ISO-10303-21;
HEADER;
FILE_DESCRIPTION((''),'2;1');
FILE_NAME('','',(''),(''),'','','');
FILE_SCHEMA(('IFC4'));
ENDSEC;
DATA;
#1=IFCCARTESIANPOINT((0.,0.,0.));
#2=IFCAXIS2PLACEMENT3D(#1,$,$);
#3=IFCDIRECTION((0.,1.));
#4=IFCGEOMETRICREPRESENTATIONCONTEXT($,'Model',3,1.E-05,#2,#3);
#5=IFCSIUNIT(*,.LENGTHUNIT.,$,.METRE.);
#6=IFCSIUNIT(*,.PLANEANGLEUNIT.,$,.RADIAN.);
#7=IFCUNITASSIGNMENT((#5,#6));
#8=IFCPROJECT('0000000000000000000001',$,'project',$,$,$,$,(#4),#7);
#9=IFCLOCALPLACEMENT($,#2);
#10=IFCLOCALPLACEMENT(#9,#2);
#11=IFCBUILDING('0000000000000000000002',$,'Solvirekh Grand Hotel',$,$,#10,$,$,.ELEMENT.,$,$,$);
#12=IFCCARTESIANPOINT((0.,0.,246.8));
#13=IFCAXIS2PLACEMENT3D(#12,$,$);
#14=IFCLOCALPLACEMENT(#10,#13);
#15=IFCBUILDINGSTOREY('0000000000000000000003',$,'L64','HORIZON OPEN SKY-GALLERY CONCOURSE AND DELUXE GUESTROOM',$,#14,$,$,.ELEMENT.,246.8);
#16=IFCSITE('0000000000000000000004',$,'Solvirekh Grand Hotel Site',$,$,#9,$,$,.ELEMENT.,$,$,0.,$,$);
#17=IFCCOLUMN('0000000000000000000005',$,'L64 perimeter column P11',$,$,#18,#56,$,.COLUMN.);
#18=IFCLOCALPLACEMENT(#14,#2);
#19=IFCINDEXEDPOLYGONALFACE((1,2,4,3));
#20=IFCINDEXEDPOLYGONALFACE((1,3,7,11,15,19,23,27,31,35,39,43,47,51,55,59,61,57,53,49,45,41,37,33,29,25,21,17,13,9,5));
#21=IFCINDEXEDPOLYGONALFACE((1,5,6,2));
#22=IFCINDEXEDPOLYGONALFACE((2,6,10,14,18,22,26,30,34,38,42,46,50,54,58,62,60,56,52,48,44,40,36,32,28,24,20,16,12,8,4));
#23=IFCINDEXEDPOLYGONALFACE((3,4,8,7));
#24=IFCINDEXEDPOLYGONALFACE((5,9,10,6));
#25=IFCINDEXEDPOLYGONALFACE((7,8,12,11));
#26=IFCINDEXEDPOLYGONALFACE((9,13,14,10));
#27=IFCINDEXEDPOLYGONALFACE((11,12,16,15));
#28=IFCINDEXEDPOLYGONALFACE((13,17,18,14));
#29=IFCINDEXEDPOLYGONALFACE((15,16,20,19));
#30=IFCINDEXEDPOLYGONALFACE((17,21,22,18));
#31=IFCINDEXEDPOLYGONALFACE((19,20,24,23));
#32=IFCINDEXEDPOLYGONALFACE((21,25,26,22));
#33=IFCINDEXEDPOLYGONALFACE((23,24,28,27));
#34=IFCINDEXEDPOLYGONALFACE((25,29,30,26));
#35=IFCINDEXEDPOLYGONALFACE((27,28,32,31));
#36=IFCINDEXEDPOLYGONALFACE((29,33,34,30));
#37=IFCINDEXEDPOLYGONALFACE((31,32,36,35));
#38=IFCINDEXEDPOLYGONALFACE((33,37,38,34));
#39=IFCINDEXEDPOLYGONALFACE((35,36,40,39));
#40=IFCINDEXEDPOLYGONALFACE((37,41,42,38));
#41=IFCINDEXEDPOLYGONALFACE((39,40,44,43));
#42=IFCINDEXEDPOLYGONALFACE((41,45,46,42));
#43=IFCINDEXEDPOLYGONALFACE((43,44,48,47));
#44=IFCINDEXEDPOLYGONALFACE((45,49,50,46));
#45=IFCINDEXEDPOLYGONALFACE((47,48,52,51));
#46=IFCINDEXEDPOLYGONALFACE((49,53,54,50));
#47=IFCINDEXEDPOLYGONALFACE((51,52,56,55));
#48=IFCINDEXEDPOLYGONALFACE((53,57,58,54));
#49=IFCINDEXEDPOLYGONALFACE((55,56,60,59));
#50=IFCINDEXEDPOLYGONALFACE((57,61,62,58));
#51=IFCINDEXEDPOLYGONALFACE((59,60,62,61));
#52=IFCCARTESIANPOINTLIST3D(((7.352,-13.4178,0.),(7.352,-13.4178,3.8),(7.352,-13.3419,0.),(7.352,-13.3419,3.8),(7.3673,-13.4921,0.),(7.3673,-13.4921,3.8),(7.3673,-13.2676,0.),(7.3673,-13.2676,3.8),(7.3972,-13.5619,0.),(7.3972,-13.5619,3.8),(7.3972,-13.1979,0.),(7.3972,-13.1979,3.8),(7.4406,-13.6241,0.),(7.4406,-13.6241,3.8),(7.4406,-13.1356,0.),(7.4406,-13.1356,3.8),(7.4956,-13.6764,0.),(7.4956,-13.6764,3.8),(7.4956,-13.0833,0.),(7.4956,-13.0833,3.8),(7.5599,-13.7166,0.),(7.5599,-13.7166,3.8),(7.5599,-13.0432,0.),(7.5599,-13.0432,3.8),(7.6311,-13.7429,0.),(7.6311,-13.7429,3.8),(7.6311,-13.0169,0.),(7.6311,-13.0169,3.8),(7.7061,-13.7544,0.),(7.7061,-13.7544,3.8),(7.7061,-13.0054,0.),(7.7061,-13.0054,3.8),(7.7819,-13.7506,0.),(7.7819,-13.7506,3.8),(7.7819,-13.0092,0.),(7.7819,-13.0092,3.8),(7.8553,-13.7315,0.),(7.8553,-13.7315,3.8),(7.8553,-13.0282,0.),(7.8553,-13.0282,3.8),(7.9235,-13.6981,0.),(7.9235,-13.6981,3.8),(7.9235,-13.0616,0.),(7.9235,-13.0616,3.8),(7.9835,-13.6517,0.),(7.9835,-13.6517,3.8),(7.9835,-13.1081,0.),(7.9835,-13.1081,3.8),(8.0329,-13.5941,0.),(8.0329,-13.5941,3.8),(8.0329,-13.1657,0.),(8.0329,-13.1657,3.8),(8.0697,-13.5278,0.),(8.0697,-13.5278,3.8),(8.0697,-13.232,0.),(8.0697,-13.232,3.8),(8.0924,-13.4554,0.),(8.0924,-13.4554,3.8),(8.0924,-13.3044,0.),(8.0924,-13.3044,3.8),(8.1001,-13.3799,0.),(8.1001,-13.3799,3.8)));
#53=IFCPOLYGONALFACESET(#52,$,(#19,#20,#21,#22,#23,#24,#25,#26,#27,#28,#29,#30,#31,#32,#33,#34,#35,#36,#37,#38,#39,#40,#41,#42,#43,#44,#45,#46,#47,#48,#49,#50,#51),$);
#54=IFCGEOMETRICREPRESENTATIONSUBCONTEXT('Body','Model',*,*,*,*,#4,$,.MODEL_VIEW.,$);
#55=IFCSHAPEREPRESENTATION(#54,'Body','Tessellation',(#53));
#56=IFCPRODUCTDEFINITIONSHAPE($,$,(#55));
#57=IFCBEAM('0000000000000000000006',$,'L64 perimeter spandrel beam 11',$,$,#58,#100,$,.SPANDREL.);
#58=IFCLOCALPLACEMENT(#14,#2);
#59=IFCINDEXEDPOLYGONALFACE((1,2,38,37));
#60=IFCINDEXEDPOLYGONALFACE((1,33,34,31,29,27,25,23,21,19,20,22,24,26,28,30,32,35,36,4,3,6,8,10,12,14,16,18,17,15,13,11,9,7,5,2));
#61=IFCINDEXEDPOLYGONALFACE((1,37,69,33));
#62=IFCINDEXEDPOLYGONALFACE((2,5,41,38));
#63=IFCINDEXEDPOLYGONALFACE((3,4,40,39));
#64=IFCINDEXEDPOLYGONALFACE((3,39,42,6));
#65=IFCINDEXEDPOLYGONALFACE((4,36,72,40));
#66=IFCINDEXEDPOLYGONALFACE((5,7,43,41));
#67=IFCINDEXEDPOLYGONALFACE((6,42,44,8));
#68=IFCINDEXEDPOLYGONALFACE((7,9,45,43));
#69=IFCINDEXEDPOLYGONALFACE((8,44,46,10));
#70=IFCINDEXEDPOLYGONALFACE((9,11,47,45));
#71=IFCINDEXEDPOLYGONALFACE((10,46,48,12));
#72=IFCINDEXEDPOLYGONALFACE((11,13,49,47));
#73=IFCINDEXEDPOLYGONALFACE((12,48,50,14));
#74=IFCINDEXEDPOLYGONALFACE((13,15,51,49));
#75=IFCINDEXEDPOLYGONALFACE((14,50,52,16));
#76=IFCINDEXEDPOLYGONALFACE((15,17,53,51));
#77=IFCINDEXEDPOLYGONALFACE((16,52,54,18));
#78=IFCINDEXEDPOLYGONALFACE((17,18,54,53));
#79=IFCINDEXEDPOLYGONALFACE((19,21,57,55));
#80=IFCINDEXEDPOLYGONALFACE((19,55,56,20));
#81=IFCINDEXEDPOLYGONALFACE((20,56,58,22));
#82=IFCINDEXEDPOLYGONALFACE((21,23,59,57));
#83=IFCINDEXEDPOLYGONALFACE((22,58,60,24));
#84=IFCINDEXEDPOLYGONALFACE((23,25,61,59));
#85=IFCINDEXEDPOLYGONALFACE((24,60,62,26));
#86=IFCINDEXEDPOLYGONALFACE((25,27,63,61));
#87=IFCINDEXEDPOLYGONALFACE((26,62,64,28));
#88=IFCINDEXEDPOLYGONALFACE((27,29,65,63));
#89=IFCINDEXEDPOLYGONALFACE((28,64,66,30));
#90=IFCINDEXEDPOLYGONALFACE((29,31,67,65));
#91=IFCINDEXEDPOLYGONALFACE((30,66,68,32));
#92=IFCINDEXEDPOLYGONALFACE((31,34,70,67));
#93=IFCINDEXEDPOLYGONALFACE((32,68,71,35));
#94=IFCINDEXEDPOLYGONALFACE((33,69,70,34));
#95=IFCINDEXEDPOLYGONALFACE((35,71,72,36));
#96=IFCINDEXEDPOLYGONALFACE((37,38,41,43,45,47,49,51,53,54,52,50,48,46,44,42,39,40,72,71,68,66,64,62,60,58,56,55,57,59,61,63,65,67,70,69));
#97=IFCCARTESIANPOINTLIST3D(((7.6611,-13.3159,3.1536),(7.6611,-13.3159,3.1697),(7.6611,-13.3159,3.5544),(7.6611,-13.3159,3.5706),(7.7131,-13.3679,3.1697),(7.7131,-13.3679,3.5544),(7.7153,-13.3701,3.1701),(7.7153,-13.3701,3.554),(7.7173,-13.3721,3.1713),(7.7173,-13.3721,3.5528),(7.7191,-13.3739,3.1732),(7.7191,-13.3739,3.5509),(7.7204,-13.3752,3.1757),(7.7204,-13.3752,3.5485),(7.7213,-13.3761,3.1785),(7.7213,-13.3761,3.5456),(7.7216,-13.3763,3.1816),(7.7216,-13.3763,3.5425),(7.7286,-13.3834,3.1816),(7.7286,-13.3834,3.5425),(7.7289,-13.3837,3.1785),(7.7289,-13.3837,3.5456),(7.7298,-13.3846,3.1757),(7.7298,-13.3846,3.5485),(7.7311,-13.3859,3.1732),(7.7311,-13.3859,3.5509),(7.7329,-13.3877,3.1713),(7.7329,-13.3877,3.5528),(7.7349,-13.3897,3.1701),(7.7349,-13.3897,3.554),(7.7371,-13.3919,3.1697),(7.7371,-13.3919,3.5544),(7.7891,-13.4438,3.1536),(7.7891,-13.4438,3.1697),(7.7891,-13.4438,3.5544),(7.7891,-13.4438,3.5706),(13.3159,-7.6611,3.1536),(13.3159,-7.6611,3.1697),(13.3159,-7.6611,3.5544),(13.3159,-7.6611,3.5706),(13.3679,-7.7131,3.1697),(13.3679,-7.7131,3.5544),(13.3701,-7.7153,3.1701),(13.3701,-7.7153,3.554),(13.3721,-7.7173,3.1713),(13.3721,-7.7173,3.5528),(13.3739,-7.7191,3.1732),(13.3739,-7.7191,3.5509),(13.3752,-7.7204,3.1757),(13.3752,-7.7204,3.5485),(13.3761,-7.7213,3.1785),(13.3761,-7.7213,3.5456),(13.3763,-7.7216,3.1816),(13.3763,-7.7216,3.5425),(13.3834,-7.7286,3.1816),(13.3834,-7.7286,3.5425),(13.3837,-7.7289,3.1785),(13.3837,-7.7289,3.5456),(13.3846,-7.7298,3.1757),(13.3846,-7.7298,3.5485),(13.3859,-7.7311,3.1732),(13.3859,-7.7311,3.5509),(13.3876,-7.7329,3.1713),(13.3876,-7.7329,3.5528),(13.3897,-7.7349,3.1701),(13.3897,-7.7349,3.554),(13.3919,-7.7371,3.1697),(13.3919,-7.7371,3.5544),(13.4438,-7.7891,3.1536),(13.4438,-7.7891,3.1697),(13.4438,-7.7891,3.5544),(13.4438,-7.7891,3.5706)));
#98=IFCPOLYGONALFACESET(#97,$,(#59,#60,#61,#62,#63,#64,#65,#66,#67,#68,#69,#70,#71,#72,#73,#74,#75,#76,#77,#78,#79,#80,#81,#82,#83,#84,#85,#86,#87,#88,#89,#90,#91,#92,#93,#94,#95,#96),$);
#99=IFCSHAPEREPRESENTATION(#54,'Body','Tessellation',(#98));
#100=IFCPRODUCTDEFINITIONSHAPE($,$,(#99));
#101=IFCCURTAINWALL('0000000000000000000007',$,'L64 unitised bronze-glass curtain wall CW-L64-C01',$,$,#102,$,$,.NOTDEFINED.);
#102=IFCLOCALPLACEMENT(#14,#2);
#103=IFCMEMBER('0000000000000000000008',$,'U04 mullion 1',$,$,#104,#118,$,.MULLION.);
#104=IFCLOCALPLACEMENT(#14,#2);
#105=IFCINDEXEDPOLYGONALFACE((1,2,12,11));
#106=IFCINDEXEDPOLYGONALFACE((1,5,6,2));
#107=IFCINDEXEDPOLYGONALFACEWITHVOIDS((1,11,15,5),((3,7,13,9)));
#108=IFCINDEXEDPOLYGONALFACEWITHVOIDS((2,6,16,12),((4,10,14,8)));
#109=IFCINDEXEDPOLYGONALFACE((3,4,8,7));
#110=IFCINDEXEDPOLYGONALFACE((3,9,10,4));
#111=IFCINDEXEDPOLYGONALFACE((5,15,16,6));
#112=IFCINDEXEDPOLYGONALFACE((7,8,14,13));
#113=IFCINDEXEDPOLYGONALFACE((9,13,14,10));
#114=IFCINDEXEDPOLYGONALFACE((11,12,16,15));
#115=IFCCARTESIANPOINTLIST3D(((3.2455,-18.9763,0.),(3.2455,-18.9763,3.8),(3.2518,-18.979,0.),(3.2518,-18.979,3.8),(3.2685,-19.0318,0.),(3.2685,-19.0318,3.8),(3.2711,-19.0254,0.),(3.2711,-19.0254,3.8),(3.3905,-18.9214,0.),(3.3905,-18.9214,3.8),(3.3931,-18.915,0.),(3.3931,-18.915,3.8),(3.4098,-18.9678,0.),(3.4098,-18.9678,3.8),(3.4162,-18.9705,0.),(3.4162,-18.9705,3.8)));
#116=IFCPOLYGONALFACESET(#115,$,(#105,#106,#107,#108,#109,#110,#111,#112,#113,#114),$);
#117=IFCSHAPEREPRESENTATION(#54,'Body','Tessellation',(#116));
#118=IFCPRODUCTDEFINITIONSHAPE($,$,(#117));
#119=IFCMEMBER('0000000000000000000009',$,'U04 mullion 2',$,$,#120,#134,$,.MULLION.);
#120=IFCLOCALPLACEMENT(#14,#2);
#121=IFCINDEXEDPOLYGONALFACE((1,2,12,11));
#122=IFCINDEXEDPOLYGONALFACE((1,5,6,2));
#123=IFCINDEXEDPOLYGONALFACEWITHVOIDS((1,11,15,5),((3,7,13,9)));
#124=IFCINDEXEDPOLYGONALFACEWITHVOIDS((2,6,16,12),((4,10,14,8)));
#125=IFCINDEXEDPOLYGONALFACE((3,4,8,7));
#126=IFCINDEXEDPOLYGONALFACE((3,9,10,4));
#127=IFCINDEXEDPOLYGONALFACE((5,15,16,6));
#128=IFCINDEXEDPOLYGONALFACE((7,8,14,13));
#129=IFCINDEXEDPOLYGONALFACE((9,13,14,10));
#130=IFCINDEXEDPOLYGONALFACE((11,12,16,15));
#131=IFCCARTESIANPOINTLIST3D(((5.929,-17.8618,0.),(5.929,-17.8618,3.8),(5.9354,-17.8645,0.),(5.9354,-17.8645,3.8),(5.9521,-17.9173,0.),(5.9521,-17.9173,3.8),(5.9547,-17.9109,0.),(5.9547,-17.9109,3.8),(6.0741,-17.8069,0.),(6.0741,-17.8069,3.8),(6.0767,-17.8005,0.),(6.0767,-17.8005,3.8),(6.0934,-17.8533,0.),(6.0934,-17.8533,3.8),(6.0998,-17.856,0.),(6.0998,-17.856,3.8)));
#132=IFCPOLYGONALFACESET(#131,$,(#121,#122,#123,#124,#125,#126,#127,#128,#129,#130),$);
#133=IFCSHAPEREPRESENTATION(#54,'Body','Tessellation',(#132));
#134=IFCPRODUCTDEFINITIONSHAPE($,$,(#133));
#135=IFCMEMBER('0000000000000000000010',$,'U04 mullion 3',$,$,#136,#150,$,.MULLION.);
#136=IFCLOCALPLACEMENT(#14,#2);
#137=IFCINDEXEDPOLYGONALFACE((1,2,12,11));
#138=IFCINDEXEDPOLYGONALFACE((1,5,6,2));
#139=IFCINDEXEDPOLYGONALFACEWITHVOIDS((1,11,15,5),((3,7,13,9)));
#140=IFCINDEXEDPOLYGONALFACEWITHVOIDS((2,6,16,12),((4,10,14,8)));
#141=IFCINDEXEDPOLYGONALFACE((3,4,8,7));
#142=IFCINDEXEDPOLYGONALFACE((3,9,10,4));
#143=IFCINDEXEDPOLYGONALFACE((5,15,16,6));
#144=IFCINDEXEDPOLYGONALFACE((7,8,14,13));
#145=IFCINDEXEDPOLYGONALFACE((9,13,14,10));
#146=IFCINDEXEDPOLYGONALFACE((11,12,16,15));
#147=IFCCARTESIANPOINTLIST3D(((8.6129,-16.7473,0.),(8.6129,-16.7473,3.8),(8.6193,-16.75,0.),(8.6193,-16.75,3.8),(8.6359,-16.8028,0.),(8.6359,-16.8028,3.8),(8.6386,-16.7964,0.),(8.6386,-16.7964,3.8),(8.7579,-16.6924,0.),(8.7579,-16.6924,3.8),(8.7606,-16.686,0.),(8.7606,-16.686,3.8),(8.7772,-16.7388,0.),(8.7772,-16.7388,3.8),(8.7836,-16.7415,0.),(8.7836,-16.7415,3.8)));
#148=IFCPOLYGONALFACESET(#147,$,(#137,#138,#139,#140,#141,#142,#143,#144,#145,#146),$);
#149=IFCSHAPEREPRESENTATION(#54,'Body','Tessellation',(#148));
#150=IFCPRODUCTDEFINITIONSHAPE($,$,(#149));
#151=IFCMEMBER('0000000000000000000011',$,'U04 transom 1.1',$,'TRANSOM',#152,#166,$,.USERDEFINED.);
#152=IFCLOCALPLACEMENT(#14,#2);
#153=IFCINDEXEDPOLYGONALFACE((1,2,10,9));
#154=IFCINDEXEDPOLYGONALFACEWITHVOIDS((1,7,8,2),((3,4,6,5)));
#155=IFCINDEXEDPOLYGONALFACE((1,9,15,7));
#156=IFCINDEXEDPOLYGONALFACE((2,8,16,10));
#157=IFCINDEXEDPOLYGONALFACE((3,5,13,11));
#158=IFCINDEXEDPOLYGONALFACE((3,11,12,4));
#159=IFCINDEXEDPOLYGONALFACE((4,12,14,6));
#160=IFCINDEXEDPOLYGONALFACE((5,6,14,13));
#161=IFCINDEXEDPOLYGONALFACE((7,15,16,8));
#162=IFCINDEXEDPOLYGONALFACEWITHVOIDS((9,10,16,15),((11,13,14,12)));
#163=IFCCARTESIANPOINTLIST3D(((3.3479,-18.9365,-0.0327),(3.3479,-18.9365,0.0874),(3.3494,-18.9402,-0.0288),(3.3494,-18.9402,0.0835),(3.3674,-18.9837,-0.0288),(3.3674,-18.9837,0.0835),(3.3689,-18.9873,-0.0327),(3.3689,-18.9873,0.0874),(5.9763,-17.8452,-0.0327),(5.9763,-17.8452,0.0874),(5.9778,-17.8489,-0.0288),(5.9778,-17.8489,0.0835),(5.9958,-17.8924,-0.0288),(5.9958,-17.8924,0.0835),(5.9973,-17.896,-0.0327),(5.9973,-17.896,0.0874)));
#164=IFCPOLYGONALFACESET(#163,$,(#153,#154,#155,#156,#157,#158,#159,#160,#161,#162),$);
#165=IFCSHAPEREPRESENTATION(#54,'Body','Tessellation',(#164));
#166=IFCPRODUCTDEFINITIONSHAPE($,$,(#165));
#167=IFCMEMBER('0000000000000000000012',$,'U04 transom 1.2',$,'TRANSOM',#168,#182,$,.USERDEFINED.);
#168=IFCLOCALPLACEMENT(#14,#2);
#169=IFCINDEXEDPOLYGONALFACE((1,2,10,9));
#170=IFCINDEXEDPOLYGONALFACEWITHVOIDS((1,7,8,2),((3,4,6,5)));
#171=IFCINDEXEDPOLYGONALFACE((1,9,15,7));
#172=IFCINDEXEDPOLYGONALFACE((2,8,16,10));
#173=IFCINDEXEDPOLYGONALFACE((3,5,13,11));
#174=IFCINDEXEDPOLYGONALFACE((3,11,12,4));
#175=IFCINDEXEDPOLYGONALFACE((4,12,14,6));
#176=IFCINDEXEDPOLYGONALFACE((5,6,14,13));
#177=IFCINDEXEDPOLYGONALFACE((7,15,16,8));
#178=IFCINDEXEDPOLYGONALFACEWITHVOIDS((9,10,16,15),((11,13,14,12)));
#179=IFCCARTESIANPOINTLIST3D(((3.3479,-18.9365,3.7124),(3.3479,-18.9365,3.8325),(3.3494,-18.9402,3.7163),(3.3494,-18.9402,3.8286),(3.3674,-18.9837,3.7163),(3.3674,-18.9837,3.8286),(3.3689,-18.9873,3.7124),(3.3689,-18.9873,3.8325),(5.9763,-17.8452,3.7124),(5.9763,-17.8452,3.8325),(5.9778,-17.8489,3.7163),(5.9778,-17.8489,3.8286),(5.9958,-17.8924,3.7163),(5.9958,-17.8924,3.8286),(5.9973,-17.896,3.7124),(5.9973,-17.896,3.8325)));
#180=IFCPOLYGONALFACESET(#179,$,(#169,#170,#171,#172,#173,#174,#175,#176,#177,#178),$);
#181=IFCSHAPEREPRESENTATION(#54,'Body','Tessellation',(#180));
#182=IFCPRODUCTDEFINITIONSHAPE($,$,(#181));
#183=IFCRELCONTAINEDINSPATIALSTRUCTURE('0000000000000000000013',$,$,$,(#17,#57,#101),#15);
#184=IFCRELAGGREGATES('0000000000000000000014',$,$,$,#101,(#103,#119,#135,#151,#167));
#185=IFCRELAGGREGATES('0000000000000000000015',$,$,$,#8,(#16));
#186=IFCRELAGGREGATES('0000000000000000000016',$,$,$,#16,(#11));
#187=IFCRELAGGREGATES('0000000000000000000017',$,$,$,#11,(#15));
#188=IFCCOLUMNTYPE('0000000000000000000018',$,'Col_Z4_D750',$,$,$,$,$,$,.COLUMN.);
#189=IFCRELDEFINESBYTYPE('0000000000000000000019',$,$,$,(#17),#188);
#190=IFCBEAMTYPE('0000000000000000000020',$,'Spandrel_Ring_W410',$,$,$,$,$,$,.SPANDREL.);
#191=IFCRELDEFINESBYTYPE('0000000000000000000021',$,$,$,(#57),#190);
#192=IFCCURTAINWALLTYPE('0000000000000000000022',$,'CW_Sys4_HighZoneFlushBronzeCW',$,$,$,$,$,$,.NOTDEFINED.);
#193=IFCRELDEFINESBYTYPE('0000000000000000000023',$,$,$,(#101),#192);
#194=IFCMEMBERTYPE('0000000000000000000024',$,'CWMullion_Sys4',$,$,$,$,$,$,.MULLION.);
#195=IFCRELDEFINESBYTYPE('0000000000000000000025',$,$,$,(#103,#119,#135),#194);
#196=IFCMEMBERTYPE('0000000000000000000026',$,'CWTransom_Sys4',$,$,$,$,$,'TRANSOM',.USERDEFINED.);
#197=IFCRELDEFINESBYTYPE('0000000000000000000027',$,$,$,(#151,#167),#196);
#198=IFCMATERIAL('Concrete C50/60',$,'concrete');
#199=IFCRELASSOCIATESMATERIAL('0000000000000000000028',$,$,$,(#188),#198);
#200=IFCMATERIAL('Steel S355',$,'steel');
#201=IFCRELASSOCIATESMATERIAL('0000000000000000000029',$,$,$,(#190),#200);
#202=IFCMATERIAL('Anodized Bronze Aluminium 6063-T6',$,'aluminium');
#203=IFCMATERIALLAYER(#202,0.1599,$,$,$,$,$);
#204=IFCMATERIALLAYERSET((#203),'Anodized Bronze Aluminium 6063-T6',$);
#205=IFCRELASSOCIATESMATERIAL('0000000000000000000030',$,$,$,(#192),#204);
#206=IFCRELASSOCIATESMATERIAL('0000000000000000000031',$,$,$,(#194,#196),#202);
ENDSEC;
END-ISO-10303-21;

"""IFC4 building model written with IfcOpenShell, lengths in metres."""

from ifc_helpers import new_model, si_unit, direction, frame, origin, origin_2d, place, context, subcontext, project, spatial, hollow_rectangle, circle, i_section, extrude, source, transform, mapped, material, layer, layer_set, material_profile, profile_set, type_object, element, aggregate, save


model = new_model("IFC4")

# Units and contexts
model_context = context("Model", 3, precision=1e-05, world=origin(), true_north=direction((0.0, 1.0)))
body_context = subcontext(model_context, "Body", "Model", "MODEL_VIEW")
ifc_project = project(units=[si_unit("LENGTHUNIT", "METRE"), si_unit("PLANEANGLEUNIT", "RADIAN")], contexts=[model_context])

# Site, building, storey
site_placement = place(None, origin())
site = spatial("IfcSite", under=ifc_project, at=site_placement, Name="Solvirekh Grand Hotel Site", CompositionType="ELEMENT", RefElevation=0.0)
building_placement = place(site_placement, origin())
building = spatial("IfcBuilding", under=site, at=building_placement, Name="Solvirekh Grand Hotel", CompositionType="ELEMENT")
storey_placement = place(building_placement, frame((0.0, 0.0, 246.8)))
storey = spatial("IfcBuildingStorey", under=building, at=storey_placement, Name="L64", Description="HORIZON OPEN SKY-GALLERY CONCOURSE AND DELUXE GUESTROOM", CompositionType="ELEMENT", Elevation=246.8)

# Column
ifc_material_1 = material(Name="Concrete C50/60", Category="concrete")
ifc_material_profile_1 = material_profile(ifc_material_1, circle(Radius=0.375, at=origin_2d()), Name="RC CIRC D750")
ifc_profile_set_1 = profile_set([ifc_material_profile_1], Name="Concrete C50/60")
column_type = type_object("IfcColumnType", Name="Col_Z4_D750", PredefinedType="COLUMN", material=ifc_profile_set_1)
column_placement = place(storey_placement, frame((7.7251, -13.3799, 0.0), z_axis=(0.0, 0.0, 1.0), x_axis=(1.0, 0.0, 0.0)))
element("IfcColumn", 1, at=column_placement, inside=storey, type_object=column_type, Name="L64 perimeter column P11", PredefinedType="COLUMN", context=body_context, shape_type="SweptSolid", body=[
    extrude(circle(Radius=0.375, at=origin_2d()), origin(), (0.0, 0.0, 1.0), 3.8),
])

# Beam
ifc_material_2 = material(Name="Steel S355", Category="steel")
ifc_material_profile_2 = material_profile(ifc_material_2, i_section(OverallWidth=0.1809, OverallDepth=0.417, WebThickness=0.01, FlangeThickness=0.0161, FilletRadius=0.012, at=origin_2d()), Name="W410X85")
ifc_profile_set_2 = profile_set([ifc_material_profile_2], Name="Steel S355")
beam_type = type_object("IfcBeamType", Name="Spandrel_Ring_W410", PredefinedType="SPANDREL", material=ifc_profile_set_2)
beam_placement = place(storey_placement, frame((7.7251, -13.3799, 3.3621), z_axis=(0.707107, 0.707107, 0.0), x_axis=(-0.707107, 0.707107, 0.0)))
element("IfcBeam", 2, at=beam_placement, inside=storey, type_object=beam_type, Name="L64 perimeter spandrel beam 11", PredefinedType="SPANDREL", context=body_context, shape_type="SweptSolid", body=[
    extrude(i_section(OverallWidth=0.1809, OverallDepth=0.417, WebThickness=0.01, FlangeThickness=0.0161, FilletRadius=0.012, at=origin_2d()), origin(), (0.0, 0.0, 1.0), 7.9971),
])

# Curtain wall, members
ifc_material_3 = material(Name="Anodized Bronze Aluminium 6063-T6", Category="aluminium")
ifc_layer_1 = layer(ifc_material_3, 0.1599)
ifc_layer_set_1 = layer_set([ifc_layer_1], Name="Anodized Bronze Aluminium 6063-T6")
curtain_wall_type = type_object("IfcCurtainWallType", Name="CW_Sys4_HighZoneFlushBronzeCW", PredefinedType="NOTDEFINED", material=ifc_layer_set_1)
curtain_wall_placement = place(storey_placement, origin())
curtain_wall = element("IfcCurtainWall", 3, at=curtain_wall_placement, inside=storey, type_object=curtain_wall_type, Name="L64 unitised bronze-glass curtain wall CW-L64-C01", PredefinedType="NOTDEFINED")
ifc_material_profile_3 = material_profile(ifc_material_3, hollow_rectangle(XDim=0.0601, YDim=0.1599, WallThickness=0.0049, at=origin_2d()), Name="ALU RHS 160X60X5")
ifc_profile_set_3 = profile_set([ifc_material_profile_3], Name="Anodized Bronze Aluminium 6063-T6")
member_type_1 = type_object("IfcMemberType", Name="CWMullion_Sys4", PredefinedType="MULLION", material=ifc_profile_set_3)
shared_shape_1 = source(origin(), body_context, "Body", "SweptSolid", [
    extrude(hollow_rectangle(XDim=0.0601, YDim=0.1599, WallThickness=0.0049, at=origin_2d()), origin(), (0.0, 0.0, 1.0), 3.8),
])
member_1_placement = place(storey_placement, frame((3.3308, -18.9734, 0.0), z_axis=(0.0, 0.0, 1.0), x_axis=(-0.383515, 0.923535, 0.0)))
member_1 = element("IfcMember", 4, at=member_1_placement, type_object=member_type_1, Name="U04 mullion 1", PredefinedType="MULLION", context=body_context, shape_type="MappedRepresentation", body=[
    mapped(shared_shape_1, transform((0.0, 0.0, 0.0), x_axis=(1.0, 0.0, 0.0), y_axis=(0.0, 1.0, 0.0), z_axis=(0.0, 0.0, 1.0), scale=1.0)),
])
member_2_placement = place(storey_placement, frame((6.0144, -17.8589, 0.0), z_axis=(0.0, 0.0, 1.0), x_axis=(-0.383515, 0.923535, 0.0)))
member_2 = element("IfcMember", 5, at=member_2_placement, type_object=member_type_1, Name="U04 mullion 2", PredefinedType="MULLION", context=body_context, shape_type="MappedRepresentation", body=[
    mapped(shared_shape_1, transform((0.0, 0.0, 0.0), x_axis=(1.0, 0.0, 0.0), y_axis=(0.0, 1.0, 0.0), z_axis=(0.0, 0.0, 1.0), scale=1.0)),
])
member_3_placement = place(storey_placement, frame((8.6982, -16.7444, 0.0), z_axis=(0.0, 0.0, 1.0), x_axis=(-0.383515, 0.923535, 0.0)))
member_3 = element("IfcMember", 6, at=member_3_placement, type_object=member_type_1, Name="U04 mullion 3", PredefinedType="MULLION", context=body_context, shape_type="MappedRepresentation", body=[
    mapped(shared_shape_1, transform((0.0, 0.0, 0.0), x_axis=(1.0, 0.0, 0.0), y_axis=(0.0, 1.0, 0.0), z_axis=(0.0, 0.0, 1.0), scale=1.0)),
])
ifc_material_profile_4 = material_profile(ifc_material_3, hollow_rectangle(XDim=0.0549, YDim=0.1201, WallThickness=0.0039, at=origin_2d()), Name="ALU RHS 120X55X4")
ifc_profile_set_4 = profile_set([ifc_material_profile_4], Name="Anodized Bronze Aluminium 6063-T6")
member_type_2 = type_object("IfcMemberType", Name="CWTransom_Sys4", ElementType="TRANSOM", PredefinedType="USERDEFINED", material=ifc_profile_set_4)
shared_shape_2 = source(origin(), body_context, "Body", "SweptSolid", [
    extrude(hollow_rectangle(XDim=0.0549, YDim=0.1201, WallThickness=0.0039, at=origin_2d()), origin(), (0.0, 0.0, 1.0), 2.8459),
])
member_4_placement = place(storey_placement, frame((3.3584, -18.9619, 0.0273), z_axis=(0.923558, 0.383458, 0.0), x_axis=(-0.383458, 0.923558, 0.0)))
member_4 = element("IfcMember", 7, at=member_4_placement, type_object=member_type_2, Name="U04 transom 1.1", ObjectType="TRANSOM", PredefinedType="USERDEFINED", context=body_context, shape_type="MappedRepresentation", body=[
    mapped(shared_shape_2, transform((0.0, 0.0, 0.0), x_axis=(1.0, 0.0, 0.0), y_axis=(0.0, 1.0, 0.0), z_axis=(0.0, 0.0, 1.0), scale=1.0)),
])
member_5_placement = place(storey_placement, frame((3.3584, -18.9619, 3.7725), z_axis=(0.923558, 0.383458, 0.0), x_axis=(-0.383458, 0.923558, 0.0)))
member_5 = element("IfcMember", 8, at=member_5_placement, type_object=member_type_2, Name="U04 transom 1.2", ObjectType="TRANSOM", PredefinedType="USERDEFINED", context=body_context, shape_type="MappedRepresentation", body=[
    mapped(shared_shape_2, transform((0.0, 0.0, 0.0), x_axis=(1.0, 0.0, 0.0), y_axis=(0.0, 1.0, 0.0), z_axis=(0.0, 0.0, 1.0), scale=1.0)),
])
aggregate(curtain_wall, [member_1, member_2, member_3, member_4, member_5])

save(model, "model.ifc")
